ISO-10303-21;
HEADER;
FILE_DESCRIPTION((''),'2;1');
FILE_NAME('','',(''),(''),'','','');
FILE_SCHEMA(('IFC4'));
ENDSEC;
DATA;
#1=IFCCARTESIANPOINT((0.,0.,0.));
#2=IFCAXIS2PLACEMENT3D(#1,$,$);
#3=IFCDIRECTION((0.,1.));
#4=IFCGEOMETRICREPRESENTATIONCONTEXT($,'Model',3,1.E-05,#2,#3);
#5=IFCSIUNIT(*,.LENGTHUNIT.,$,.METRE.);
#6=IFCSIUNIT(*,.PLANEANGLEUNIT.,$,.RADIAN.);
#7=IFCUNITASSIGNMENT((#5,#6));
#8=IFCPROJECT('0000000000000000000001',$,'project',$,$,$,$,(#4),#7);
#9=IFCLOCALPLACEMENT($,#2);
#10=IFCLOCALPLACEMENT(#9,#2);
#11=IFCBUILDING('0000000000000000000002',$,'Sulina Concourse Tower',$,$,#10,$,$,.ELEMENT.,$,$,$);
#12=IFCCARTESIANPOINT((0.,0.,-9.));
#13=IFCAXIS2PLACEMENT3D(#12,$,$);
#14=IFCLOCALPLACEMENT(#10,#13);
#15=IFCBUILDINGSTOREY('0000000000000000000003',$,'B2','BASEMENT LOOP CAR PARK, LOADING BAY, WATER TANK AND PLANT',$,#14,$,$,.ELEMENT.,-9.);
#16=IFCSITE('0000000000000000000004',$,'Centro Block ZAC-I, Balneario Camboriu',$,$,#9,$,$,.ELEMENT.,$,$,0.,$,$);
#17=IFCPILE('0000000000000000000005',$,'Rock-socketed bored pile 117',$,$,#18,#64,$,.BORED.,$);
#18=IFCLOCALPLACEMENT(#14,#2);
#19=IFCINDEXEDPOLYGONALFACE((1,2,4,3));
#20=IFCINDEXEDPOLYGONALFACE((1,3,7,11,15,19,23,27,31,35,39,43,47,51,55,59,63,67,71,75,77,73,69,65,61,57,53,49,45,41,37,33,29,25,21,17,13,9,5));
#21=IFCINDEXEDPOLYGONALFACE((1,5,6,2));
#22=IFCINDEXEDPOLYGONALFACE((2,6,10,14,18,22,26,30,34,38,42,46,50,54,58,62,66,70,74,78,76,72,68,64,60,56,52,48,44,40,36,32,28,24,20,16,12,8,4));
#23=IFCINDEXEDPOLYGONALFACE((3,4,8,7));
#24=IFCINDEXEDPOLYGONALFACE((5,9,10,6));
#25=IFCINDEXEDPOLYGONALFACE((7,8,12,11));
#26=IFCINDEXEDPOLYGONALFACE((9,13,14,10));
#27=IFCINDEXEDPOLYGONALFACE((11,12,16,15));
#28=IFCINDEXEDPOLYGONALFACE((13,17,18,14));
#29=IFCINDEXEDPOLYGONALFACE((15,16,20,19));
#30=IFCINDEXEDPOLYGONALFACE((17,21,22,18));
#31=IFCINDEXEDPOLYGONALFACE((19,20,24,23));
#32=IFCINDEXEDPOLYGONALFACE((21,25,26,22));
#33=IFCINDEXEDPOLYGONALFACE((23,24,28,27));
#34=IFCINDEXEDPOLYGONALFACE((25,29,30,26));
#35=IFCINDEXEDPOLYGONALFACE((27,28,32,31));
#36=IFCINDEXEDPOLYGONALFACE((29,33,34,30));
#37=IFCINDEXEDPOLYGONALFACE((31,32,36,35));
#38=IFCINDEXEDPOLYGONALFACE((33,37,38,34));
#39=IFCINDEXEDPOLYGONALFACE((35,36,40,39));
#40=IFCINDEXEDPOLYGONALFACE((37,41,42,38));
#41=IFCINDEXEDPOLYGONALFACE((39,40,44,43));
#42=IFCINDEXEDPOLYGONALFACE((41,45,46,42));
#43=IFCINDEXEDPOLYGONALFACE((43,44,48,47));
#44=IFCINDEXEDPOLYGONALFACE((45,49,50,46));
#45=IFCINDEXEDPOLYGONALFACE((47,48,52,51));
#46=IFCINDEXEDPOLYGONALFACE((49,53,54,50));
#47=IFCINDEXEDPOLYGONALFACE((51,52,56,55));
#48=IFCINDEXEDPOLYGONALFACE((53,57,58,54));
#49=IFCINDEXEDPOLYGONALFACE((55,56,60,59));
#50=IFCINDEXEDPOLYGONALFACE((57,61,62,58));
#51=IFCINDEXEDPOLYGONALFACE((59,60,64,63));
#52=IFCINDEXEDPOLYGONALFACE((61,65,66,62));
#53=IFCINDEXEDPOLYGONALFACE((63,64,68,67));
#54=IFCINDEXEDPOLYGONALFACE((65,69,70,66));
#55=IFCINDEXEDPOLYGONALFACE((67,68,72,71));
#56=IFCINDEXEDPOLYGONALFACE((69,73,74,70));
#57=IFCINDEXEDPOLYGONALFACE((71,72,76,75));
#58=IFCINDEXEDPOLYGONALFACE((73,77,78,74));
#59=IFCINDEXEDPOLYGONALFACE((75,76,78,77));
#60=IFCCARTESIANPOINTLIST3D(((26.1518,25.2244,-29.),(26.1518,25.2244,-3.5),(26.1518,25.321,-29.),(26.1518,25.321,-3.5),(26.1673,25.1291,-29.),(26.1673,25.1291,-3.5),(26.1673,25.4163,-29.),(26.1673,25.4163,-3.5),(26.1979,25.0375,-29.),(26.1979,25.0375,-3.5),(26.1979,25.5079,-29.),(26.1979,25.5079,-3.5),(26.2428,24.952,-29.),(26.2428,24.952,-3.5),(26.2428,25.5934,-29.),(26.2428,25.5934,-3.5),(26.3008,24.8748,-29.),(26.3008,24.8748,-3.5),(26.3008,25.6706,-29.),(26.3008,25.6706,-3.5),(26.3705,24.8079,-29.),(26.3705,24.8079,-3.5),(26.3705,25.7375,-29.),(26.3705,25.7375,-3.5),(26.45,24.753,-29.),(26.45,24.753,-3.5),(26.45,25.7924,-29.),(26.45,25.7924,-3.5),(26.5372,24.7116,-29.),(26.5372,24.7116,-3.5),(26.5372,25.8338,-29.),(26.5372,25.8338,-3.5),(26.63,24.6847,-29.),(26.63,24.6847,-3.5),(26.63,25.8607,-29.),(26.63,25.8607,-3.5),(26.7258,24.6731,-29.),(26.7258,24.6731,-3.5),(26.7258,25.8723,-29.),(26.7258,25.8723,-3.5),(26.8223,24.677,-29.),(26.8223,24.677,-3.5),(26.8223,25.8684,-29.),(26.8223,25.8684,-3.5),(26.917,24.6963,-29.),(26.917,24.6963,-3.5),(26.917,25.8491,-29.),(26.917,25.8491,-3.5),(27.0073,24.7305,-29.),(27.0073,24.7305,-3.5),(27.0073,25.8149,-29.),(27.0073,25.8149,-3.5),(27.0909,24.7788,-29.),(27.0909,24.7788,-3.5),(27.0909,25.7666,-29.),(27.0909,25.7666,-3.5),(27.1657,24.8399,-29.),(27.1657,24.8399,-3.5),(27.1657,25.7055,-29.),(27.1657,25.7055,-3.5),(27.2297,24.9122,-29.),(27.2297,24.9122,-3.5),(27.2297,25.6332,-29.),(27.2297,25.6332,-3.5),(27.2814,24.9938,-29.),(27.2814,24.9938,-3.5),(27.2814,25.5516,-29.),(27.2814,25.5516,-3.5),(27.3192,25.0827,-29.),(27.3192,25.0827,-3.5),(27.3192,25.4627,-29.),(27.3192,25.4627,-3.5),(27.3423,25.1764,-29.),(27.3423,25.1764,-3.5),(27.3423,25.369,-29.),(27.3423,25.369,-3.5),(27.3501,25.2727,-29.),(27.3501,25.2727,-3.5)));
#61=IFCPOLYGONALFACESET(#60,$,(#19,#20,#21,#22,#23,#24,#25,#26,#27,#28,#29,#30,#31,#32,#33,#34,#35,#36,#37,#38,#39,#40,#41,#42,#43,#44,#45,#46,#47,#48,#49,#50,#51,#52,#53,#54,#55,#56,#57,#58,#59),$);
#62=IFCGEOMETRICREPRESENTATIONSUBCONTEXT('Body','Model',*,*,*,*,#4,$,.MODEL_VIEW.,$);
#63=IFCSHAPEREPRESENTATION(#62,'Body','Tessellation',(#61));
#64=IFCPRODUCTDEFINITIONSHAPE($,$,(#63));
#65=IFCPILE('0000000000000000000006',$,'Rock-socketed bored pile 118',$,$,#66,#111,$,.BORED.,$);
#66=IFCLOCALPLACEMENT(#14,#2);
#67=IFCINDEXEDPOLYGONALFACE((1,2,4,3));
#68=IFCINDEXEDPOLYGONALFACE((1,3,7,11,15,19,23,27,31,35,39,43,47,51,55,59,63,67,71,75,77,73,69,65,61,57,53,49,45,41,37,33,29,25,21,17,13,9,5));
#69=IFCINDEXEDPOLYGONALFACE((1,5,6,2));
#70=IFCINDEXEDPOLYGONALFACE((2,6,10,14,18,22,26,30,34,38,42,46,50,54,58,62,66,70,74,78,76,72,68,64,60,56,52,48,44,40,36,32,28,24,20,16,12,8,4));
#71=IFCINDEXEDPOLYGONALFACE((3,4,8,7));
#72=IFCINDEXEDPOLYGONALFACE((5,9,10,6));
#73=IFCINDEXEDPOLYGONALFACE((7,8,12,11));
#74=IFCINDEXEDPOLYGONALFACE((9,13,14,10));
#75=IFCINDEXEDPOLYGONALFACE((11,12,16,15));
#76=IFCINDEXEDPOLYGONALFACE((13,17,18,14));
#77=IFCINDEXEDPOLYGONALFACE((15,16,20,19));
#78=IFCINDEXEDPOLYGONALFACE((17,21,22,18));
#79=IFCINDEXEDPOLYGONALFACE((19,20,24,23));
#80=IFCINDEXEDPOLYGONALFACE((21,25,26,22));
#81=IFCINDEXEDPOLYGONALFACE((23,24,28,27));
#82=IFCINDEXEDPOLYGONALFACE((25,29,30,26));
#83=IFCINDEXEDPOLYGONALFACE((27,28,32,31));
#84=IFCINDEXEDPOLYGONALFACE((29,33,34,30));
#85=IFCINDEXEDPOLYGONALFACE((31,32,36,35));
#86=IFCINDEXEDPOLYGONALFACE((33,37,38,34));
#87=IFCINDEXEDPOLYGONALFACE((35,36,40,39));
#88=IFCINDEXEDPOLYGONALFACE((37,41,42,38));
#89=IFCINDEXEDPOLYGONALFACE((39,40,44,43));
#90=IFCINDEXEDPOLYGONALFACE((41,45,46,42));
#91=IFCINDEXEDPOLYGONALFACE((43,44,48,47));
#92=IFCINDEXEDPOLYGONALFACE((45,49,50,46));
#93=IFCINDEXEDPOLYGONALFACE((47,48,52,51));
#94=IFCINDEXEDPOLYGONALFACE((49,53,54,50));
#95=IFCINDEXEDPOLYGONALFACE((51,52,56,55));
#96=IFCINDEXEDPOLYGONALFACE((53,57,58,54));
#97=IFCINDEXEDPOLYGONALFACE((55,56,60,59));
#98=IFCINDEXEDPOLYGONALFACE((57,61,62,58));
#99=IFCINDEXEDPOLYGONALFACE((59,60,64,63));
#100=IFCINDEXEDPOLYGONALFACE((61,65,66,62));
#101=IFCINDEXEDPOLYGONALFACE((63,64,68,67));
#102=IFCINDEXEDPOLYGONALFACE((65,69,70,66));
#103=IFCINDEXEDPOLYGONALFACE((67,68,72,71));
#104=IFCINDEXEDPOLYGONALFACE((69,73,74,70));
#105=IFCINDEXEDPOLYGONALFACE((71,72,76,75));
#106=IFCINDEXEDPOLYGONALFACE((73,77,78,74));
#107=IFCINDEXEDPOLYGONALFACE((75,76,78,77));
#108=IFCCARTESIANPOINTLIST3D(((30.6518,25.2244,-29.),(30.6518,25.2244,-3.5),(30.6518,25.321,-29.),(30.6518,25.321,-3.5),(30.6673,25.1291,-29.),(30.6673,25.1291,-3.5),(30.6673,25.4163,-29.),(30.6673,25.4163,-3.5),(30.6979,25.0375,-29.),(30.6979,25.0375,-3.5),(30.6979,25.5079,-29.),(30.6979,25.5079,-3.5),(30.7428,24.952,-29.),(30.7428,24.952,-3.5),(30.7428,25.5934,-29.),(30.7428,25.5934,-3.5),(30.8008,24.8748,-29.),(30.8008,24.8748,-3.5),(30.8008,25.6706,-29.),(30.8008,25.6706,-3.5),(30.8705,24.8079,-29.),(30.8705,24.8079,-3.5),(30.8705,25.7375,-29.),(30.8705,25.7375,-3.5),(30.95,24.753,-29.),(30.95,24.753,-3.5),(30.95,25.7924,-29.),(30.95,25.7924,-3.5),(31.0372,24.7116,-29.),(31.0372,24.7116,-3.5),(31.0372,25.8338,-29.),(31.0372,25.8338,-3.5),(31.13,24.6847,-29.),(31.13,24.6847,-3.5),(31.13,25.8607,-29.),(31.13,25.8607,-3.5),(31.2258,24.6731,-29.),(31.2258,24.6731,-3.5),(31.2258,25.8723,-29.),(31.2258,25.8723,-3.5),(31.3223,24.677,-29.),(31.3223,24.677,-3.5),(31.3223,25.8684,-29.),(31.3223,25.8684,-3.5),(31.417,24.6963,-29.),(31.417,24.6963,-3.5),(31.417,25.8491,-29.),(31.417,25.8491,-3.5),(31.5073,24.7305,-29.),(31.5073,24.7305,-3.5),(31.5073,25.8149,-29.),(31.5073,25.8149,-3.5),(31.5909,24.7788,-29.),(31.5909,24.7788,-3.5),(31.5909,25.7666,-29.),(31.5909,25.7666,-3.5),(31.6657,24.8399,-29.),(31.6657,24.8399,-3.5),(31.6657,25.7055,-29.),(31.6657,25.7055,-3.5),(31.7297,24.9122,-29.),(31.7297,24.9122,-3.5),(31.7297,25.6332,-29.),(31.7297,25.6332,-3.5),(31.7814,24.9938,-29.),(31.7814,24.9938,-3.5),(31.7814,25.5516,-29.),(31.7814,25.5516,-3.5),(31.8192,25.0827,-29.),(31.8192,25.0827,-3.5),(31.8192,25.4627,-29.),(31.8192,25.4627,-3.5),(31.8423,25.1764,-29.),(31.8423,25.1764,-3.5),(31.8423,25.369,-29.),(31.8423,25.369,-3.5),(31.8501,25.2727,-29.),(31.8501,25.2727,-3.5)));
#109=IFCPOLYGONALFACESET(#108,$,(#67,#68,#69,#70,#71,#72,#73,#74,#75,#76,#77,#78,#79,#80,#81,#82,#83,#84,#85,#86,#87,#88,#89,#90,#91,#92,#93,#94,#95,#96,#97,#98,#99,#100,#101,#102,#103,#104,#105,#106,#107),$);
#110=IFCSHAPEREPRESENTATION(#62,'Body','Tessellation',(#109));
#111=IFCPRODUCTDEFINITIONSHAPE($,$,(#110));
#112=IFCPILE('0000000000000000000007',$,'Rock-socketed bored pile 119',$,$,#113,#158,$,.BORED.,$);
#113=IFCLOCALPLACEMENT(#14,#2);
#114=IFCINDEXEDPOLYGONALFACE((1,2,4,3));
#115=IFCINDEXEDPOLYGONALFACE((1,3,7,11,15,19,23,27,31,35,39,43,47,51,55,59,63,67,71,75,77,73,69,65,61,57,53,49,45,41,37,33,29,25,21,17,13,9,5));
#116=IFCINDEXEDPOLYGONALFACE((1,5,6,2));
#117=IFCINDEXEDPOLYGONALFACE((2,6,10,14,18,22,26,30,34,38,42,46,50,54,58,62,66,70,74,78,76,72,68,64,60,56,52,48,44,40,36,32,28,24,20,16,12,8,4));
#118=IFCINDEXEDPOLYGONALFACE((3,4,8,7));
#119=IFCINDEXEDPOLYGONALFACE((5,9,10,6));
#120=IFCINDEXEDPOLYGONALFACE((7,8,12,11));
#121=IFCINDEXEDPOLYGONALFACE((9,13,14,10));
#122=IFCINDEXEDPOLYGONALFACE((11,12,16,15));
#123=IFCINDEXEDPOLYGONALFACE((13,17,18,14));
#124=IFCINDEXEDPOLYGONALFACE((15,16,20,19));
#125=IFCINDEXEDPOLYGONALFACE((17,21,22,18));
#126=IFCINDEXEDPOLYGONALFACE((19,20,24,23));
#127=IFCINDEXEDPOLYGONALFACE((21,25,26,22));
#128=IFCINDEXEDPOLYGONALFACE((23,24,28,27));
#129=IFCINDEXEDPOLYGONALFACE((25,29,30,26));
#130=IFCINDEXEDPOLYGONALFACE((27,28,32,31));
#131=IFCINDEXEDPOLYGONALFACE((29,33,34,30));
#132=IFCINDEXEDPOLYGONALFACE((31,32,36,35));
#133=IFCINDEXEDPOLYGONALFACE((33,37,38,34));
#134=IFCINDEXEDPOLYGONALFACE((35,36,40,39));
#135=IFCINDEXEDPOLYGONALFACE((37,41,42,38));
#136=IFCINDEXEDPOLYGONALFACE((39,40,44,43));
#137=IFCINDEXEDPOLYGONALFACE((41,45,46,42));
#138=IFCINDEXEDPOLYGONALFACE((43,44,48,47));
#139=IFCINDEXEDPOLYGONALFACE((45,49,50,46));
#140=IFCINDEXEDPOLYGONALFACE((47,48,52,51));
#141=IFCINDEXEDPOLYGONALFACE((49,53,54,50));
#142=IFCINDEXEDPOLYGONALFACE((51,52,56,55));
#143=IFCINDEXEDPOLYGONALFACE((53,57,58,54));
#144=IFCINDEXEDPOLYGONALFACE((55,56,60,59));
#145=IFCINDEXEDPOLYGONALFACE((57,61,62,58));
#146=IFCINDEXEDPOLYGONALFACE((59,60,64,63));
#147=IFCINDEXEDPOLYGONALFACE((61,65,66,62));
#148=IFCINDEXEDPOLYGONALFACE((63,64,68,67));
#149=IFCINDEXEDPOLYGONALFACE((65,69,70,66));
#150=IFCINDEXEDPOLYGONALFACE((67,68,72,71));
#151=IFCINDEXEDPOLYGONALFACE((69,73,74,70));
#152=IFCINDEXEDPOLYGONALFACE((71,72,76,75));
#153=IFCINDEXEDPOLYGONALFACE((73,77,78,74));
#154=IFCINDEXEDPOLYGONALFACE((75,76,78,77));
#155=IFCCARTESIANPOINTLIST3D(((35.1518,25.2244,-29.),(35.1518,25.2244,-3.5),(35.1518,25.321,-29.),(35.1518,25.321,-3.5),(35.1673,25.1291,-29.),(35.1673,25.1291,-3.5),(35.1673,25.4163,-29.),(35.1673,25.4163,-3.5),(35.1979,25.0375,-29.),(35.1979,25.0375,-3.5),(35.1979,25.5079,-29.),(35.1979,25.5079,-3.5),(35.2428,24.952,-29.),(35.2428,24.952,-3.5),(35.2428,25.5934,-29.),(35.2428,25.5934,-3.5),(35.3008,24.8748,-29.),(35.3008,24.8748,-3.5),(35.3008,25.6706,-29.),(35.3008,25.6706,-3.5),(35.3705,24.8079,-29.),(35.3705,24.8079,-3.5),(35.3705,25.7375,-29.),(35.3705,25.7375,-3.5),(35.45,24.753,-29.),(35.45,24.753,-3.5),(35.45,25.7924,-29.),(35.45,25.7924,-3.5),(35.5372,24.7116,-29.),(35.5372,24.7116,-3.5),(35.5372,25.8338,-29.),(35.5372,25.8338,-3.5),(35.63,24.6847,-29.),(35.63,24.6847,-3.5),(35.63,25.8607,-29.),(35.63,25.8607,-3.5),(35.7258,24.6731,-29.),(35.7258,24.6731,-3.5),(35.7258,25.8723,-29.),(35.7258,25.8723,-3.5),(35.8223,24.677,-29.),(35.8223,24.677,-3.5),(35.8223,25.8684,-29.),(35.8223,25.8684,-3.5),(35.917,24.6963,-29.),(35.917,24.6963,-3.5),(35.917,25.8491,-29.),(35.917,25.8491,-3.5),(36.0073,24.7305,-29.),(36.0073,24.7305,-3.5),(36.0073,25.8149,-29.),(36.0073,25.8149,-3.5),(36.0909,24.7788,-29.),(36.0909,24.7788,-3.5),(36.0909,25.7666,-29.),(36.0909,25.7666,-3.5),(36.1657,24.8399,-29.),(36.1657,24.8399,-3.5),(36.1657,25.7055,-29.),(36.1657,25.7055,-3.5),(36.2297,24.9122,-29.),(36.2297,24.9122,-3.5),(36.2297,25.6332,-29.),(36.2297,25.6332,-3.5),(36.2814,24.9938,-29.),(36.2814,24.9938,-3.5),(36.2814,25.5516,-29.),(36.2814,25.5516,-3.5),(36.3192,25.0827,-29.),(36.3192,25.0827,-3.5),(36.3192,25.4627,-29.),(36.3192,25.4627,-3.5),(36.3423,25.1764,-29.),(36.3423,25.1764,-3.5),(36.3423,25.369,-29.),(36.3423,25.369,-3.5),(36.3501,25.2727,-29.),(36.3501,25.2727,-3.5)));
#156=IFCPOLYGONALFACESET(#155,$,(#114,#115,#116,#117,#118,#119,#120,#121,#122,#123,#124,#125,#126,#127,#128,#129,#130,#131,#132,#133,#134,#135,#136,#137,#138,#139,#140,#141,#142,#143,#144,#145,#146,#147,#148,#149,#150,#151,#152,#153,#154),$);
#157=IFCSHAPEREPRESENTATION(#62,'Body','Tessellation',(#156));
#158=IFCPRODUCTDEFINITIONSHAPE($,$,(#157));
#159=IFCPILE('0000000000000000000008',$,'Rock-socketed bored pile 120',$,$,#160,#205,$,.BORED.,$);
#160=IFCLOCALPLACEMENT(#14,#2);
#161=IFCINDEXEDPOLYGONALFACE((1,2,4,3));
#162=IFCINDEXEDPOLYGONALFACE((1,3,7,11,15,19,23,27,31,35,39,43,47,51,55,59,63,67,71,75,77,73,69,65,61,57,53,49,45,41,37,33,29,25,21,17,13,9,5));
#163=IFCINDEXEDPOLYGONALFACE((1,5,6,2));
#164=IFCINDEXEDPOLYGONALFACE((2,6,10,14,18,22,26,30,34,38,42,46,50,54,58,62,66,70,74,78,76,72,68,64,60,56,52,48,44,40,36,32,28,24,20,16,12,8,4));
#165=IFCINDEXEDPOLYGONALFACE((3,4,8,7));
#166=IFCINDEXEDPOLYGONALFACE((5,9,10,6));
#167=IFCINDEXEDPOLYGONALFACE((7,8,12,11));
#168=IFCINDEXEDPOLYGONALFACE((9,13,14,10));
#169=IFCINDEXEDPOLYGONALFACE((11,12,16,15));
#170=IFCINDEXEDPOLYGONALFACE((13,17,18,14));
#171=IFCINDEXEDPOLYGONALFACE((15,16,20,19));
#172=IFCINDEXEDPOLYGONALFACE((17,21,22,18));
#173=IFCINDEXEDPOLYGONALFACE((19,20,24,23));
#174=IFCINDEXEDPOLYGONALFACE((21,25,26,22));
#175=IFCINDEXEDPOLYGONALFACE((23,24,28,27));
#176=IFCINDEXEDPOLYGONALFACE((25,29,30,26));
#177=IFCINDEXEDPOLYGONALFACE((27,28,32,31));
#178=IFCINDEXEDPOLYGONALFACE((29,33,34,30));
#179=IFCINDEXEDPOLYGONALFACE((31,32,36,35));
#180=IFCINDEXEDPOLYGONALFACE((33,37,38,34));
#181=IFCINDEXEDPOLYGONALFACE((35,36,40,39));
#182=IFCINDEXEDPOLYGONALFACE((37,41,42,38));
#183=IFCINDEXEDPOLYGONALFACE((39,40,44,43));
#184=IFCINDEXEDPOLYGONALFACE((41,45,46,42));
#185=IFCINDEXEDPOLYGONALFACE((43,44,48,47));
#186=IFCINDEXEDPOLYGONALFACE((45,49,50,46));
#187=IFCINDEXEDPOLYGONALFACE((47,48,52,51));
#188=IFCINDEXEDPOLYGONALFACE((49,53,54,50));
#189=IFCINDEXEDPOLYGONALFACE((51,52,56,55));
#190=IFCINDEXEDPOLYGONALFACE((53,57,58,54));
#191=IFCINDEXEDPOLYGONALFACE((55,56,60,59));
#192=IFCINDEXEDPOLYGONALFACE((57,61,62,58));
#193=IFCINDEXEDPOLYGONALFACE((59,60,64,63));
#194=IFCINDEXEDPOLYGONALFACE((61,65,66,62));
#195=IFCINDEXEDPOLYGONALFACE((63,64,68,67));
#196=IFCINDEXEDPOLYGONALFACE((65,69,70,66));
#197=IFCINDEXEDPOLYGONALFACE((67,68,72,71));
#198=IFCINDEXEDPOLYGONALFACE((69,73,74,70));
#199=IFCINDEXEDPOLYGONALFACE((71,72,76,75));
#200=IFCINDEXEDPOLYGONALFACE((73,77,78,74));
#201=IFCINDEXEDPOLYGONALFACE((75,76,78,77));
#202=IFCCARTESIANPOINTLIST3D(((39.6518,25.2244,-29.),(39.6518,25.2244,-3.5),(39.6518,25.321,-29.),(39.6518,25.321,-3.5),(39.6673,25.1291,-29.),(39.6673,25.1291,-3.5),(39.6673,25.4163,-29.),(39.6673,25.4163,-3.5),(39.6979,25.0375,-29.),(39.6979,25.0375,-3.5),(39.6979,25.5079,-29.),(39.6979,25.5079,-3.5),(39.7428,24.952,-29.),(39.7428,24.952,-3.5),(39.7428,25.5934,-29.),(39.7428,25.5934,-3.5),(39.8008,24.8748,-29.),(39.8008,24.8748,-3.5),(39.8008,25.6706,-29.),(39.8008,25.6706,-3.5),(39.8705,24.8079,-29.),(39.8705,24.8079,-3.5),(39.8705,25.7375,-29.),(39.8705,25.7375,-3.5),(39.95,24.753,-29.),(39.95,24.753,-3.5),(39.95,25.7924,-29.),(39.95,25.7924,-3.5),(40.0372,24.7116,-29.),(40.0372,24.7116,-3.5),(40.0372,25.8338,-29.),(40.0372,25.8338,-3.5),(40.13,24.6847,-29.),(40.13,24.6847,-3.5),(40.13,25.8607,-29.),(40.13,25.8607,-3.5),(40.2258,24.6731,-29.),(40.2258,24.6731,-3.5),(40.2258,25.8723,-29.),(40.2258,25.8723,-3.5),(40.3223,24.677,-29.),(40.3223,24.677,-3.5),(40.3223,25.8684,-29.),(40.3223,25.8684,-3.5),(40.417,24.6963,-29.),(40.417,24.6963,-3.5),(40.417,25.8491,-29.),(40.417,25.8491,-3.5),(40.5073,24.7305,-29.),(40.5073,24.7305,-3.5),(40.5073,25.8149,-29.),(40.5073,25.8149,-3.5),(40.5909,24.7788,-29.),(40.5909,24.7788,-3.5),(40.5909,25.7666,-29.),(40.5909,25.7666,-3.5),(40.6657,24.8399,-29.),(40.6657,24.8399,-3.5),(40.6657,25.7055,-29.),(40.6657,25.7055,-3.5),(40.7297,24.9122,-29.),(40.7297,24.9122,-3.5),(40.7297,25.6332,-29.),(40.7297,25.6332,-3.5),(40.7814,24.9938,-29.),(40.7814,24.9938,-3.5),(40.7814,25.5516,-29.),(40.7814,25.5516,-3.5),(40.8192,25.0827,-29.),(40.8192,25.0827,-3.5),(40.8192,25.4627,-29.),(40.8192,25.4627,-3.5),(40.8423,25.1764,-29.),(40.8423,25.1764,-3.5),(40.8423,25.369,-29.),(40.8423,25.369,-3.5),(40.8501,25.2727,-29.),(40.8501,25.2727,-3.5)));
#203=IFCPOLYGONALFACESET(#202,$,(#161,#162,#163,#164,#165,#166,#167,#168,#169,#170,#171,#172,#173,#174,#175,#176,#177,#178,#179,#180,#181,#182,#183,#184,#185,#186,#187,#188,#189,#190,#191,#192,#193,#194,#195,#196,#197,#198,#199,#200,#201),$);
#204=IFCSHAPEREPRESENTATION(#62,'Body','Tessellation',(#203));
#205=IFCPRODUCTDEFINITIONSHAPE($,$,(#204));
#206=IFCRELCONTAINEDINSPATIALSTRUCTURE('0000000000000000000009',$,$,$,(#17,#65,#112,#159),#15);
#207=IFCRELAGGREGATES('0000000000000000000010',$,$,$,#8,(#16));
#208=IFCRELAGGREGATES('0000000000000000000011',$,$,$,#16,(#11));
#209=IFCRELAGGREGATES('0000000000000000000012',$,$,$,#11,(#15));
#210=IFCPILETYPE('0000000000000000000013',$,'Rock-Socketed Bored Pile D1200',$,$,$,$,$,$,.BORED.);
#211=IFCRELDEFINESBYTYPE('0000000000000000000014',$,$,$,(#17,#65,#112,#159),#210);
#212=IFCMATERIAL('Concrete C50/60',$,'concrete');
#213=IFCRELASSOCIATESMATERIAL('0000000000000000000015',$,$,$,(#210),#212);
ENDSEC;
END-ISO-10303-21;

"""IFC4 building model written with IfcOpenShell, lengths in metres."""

from ifc_helpers import new_model, si_unit, direction, frame, origin, origin_2d, place, context, subcontext, project, spatial, circle, extrude, material, material_profile, profile_set, type_object, element, save


model = new_model("IFC4")

# Units and contexts
model_context = context("Model", 3, precision=1e-05, world=origin(), true_north=direction((0.0, 1.0)))
body_context = subcontext(model_context, "Body", "Model", "MODEL_VIEW")
ifc_project = project(units=[si_unit("LENGTHUNIT", "METRE"), si_unit("PLANEANGLEUNIT", "RADIAN")], contexts=[model_context])

# Site, building, storey
site_placement = place(None, origin())
site = spatial("IfcSite", under=ifc_project, at=site_placement, Name="Centro Block ZAC-I, Balneario Camboriu", CompositionType="ELEMENT", RefElevation=0.0)
building_placement = place(site_placement, origin())
building = spatial("IfcBuilding", under=site, at=building_placement, Name="Sulina Concourse Tower", CompositionType="ELEMENT")
storey_placement = place(building_placement, frame((0.0, 0.0, -9.0)))
storey = spatial("IfcBuildingStorey", under=building, at=storey_placement, Name="B2", Description="BASEMENT LOOP CAR PARK, LOADING BAY, WATER TANK AND PLANT", CompositionType="ELEMENT", Elevation=-9.0)

# Piles
ifc_material_1 = material(Name="Concrete C50/60", Category="concrete")
ifc_material_profile_1 = material_profile(ifc_material_1, circle(Radius=0.6001, at=origin_2d()), Name="PILE D1200")
ifc_profile_set_1 = profile_set([ifc_material_profile_1], Name="Concrete C50/60")
pile_type_1 = type_object("IfcPileType", Name="Rock-Socketed Bored Pile D1200", PredefinedType="BORED", material=ifc_profile_set_1)
for number, where, z_axis, x_axis, name in (
    (1, (26.75, 25.2727, -3.5), (0.0, 0.0, -1.0), (1.0, 0.0, 0.0), "Rock-socketed bored pile 117"),
    (2, (31.25, 25.2727, -3.5), (0.0, 0.0, -1.0), (1.0, 0.0, 0.0), "Rock-socketed bored pile 118"),
    (3, (35.75, 25.2727, -3.5), (0.0, 0.0, -1.0), (1.0, 0.0, 0.0), "Rock-socketed bored pile 119"),
    (4, (40.25, 25.2727, -3.5), (0.0, 0.0, -1.0), (1.0, 0.0, 0.0), "Rock-socketed bored pile 120"),
):
    element("IfcPile", number, at=place(storey_placement, frame(where, z_axis=z_axis, x_axis=x_axis)), inside=storey, type_object=pile_type_1, Name=name, PredefinedType="BORED", context=body_context, shape_type="SweptSolid", body=[
        extrude(circle(Radius=0.6001, at=origin_2d()), origin(), (0.0, 0.0, 1.0), 25.5),
    ])

save(model, "model.ifc")
